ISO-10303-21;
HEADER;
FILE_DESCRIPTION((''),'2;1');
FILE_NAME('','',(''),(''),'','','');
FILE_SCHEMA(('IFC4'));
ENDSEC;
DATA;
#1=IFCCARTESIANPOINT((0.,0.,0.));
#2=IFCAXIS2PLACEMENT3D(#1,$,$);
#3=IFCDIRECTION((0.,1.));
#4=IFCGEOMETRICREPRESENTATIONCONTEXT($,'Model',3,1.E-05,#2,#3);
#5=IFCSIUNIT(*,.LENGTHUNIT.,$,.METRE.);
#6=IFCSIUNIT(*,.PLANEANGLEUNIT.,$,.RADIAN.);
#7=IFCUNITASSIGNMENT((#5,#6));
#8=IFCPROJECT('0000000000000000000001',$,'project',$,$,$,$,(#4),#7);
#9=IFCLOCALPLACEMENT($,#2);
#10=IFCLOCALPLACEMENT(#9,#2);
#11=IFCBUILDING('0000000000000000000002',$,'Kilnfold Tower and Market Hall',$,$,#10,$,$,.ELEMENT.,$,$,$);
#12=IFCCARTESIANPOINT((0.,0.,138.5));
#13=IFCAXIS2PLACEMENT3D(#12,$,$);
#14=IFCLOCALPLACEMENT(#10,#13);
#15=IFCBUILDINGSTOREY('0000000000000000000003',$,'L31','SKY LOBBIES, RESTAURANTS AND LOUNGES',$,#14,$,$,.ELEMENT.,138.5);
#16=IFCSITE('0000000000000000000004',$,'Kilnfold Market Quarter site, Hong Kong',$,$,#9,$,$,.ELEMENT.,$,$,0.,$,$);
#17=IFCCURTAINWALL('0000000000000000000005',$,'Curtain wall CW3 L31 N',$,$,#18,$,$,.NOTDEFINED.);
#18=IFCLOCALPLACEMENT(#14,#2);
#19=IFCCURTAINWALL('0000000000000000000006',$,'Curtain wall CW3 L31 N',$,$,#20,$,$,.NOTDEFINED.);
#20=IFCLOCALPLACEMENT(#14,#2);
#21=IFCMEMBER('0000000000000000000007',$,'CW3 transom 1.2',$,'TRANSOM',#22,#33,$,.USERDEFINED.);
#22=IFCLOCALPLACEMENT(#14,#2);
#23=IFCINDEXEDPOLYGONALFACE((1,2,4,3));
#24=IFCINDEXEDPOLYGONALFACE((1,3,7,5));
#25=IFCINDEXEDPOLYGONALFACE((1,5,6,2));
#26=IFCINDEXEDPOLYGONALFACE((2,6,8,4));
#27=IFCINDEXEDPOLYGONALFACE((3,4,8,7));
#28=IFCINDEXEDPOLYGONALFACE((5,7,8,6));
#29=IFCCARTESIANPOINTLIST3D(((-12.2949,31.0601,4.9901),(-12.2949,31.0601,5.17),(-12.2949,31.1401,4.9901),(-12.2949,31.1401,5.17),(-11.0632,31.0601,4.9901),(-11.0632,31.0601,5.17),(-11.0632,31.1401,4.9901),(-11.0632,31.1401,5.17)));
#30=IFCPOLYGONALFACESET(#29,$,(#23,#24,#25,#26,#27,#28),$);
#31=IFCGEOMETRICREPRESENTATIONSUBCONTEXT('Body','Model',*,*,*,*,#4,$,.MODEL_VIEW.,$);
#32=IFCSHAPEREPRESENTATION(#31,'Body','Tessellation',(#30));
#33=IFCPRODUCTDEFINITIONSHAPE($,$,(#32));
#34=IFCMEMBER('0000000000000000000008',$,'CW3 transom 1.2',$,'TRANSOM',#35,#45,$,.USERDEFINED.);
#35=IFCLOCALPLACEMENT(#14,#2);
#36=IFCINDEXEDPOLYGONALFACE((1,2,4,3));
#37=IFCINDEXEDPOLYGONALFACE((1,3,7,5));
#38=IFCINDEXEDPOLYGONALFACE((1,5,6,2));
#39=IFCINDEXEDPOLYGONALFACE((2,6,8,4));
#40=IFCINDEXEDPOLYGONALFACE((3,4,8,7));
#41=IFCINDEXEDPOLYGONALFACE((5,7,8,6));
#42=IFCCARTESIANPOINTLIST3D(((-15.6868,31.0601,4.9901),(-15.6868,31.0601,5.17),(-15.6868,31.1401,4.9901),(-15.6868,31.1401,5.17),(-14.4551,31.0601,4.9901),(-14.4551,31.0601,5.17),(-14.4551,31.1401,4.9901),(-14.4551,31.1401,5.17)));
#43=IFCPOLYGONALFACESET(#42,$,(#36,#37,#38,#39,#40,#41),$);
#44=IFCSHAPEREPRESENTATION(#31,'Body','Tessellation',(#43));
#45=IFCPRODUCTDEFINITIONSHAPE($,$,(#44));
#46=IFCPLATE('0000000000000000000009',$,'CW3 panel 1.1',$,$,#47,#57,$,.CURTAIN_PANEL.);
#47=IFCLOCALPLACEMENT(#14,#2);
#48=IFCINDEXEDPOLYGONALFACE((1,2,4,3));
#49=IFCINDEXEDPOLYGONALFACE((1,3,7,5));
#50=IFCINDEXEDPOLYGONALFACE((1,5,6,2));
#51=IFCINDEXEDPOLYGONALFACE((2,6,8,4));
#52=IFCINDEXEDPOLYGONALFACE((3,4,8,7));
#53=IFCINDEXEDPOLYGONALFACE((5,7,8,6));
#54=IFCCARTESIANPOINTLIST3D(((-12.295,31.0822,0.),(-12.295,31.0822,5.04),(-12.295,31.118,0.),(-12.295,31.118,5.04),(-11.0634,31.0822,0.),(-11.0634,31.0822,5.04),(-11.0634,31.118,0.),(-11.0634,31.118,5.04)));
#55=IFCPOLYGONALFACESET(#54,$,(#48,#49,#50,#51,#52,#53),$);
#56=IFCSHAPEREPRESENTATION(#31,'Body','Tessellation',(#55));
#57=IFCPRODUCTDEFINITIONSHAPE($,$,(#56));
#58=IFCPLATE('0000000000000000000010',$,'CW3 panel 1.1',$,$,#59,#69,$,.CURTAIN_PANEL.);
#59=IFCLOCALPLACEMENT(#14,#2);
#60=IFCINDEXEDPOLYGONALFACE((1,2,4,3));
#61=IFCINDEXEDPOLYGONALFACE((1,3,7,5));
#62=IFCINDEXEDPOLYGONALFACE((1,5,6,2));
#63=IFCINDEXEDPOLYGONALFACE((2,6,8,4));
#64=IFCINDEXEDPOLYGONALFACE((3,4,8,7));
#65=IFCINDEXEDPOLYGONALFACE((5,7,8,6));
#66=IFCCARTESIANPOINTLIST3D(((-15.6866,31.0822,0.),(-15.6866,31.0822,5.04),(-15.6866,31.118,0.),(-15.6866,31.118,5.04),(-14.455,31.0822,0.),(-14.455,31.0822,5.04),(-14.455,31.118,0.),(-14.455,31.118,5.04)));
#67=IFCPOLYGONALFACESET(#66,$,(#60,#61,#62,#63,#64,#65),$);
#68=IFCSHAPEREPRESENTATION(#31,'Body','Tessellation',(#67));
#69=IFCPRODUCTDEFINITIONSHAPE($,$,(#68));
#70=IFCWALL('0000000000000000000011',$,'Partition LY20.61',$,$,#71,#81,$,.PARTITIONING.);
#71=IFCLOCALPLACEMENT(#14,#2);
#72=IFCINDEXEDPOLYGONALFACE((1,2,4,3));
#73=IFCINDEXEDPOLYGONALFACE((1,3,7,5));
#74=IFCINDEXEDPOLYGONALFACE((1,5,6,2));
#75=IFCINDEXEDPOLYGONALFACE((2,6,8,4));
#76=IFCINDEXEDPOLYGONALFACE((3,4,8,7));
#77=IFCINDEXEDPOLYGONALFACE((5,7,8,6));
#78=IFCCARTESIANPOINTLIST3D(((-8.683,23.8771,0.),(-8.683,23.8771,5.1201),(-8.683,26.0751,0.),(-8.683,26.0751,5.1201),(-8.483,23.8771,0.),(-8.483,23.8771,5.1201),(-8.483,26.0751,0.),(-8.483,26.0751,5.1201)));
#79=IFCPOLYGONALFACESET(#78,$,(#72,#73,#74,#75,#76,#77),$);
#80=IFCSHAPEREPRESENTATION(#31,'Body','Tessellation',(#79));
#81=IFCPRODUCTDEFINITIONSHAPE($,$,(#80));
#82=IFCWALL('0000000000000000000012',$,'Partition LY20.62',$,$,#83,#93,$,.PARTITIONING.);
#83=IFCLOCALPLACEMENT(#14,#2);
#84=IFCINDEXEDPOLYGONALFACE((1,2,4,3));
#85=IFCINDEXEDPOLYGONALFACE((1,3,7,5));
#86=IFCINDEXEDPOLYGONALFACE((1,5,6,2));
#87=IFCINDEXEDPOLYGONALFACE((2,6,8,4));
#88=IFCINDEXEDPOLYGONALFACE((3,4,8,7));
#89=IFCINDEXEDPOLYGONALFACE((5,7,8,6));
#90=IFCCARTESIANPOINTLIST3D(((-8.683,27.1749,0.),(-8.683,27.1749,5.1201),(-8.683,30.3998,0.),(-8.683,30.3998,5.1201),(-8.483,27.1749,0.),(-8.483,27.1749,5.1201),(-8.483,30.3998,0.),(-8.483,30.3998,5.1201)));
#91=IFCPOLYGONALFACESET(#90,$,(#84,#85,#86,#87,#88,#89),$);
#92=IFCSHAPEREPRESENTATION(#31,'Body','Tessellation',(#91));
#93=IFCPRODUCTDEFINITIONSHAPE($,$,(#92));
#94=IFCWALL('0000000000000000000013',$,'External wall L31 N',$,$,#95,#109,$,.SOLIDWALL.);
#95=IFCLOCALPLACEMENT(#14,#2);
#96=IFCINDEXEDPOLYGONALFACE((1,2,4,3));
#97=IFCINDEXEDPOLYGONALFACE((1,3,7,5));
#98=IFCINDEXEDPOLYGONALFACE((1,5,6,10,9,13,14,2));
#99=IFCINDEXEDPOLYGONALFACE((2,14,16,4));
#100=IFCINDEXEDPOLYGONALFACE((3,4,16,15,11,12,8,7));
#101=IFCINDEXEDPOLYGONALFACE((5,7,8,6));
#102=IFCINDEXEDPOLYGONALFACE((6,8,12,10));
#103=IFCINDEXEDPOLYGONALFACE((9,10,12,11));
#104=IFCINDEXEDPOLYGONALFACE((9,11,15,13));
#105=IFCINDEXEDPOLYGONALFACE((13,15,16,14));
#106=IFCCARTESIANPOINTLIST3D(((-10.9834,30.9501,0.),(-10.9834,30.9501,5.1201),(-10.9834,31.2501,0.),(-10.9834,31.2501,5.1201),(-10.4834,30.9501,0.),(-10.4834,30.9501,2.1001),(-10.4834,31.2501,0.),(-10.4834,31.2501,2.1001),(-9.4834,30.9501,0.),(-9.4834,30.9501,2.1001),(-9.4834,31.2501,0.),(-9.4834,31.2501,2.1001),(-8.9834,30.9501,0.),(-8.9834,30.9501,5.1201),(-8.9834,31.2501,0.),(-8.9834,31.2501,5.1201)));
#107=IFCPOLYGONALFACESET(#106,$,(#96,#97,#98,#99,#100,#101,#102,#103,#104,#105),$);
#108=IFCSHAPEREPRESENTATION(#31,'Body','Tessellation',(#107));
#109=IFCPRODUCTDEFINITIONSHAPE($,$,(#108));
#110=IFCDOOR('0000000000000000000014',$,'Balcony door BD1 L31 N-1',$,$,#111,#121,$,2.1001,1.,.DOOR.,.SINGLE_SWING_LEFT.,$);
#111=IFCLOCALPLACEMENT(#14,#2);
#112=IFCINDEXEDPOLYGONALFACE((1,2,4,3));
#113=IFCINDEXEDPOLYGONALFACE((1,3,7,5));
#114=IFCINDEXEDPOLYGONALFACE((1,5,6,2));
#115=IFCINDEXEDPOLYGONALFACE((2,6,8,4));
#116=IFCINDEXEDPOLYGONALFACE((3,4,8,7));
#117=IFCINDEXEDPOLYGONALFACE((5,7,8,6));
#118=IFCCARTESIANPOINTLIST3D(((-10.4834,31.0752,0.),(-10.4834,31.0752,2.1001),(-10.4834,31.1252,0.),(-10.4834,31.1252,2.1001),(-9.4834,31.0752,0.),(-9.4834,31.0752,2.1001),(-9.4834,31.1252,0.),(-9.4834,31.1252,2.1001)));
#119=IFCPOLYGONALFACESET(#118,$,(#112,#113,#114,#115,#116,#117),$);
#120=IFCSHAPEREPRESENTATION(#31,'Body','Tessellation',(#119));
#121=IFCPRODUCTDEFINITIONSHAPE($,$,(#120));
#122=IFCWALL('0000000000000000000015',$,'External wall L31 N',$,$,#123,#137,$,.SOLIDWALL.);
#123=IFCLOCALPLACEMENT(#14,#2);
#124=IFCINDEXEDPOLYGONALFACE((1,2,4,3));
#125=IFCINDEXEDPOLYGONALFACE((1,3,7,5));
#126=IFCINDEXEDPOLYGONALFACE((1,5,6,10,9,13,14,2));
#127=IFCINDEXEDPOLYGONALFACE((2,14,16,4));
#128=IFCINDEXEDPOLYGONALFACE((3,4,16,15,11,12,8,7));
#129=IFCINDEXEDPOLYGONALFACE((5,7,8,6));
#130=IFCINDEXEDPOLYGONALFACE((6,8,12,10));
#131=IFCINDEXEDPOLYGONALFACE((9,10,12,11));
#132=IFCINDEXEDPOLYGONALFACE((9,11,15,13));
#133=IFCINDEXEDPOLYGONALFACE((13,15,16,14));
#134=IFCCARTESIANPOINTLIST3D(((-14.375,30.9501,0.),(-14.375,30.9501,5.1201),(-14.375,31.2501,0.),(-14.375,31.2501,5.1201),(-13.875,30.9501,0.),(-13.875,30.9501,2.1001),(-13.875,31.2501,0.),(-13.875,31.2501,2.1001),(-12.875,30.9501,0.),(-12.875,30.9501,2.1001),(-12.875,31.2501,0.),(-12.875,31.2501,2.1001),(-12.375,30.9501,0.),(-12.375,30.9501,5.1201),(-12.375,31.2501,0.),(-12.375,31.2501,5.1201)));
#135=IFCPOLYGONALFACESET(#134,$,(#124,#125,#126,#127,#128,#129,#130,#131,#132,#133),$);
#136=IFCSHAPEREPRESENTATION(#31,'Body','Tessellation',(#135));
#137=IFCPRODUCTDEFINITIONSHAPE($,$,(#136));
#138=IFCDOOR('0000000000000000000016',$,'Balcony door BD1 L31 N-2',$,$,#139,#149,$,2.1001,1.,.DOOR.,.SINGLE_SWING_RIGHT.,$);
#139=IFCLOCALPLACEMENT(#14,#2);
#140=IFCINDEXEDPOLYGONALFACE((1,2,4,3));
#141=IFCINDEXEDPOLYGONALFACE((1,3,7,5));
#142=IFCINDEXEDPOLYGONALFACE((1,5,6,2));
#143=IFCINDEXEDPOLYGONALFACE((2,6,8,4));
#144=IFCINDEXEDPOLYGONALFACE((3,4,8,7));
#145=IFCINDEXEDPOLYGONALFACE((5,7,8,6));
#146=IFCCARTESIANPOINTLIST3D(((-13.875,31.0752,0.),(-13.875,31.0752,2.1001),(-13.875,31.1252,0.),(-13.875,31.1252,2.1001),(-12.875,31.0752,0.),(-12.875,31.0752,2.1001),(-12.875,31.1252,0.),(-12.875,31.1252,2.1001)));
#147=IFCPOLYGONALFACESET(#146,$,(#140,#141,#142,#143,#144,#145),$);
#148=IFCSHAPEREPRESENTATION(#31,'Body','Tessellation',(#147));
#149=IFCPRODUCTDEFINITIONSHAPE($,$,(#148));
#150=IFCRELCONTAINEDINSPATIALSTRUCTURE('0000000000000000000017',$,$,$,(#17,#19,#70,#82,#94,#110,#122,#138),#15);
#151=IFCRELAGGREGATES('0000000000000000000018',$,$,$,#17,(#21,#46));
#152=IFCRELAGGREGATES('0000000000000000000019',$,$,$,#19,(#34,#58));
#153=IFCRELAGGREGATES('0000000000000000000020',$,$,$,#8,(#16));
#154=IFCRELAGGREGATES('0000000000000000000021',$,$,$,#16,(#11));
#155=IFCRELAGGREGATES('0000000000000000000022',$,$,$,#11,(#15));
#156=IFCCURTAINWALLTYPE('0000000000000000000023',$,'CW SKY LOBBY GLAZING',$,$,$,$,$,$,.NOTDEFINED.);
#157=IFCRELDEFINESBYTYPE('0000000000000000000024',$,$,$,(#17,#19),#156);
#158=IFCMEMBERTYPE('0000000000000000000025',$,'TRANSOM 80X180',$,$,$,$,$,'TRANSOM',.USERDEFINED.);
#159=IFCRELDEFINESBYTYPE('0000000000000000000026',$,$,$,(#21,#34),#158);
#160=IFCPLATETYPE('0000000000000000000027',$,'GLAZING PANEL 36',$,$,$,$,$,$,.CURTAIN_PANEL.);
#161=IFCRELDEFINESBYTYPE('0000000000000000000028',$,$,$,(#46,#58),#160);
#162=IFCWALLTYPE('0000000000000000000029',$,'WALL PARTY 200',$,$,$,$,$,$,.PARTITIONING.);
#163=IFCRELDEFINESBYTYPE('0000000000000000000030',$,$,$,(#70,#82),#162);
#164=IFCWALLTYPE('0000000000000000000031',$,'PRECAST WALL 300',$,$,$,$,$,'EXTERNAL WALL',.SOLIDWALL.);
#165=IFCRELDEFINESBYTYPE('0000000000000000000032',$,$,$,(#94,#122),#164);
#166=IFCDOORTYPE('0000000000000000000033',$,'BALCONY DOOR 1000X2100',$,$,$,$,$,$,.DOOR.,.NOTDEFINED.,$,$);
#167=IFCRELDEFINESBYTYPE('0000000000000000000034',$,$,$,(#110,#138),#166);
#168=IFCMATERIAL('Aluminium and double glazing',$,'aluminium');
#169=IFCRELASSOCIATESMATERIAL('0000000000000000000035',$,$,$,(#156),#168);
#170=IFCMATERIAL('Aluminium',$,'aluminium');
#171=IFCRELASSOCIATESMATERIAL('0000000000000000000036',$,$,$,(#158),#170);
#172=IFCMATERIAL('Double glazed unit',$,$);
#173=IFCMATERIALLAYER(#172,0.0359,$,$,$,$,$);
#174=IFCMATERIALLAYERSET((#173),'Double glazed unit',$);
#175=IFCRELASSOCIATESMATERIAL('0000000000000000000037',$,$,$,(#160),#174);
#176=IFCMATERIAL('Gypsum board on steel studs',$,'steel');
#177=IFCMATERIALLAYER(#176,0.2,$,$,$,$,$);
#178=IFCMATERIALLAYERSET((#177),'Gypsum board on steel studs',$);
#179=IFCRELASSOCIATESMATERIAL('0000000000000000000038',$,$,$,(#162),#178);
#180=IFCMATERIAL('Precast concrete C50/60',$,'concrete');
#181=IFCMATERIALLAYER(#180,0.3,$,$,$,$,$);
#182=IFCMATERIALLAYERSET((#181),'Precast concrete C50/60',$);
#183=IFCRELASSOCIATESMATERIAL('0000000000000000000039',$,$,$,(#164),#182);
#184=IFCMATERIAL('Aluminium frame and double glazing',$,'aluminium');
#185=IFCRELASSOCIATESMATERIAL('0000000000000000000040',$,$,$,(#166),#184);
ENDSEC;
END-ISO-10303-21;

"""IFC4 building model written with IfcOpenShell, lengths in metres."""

from ifc_helpers import new_model, si_unit, direction, frame, frame_2d, origin, origin_2d, place, context, subcontext, project, spatial, rectangle, extrude, source, transform, mapped, material, layer, layer_set, material_profile, profile_set, type_object, element, fill, aggregate, save


model = new_model("IFC4")

# Units and contexts
model_context = context("Model", 3, precision=1e-05, world=origin(), true_north=direction((0.0, 1.0)))
body_context = subcontext(model_context, "Body", "Model", "MODEL_VIEW")
ifc_project = project(units=[si_unit("LENGTHUNIT", "METRE"), si_unit("PLANEANGLEUNIT", "RADIAN")], contexts=[model_context])

# Site, building, storey
site_placement = place(None, origin())
site = spatial("IfcSite", under=ifc_project, at=site_placement, Name="Kilnfold Market Quarter site, Hong Kong", CompositionType="ELEMENT", RefElevation=0.0)
building_placement = place(site_placement, origin())
building = spatial("IfcBuilding", under=site, at=building_placement, Name="Kilnfold Tower and Market Hall", CompositionType="ELEMENT")
storey_placement = place(building_placement, frame((0.0, 0.0, 138.5)))
storey = spatial("IfcBuildingStorey", under=building, at=storey_placement, Name="L31", Description="SKY LOBBIES, RESTAURANTS AND LOUNGES", CompositionType="ELEMENT", Elevation=138.5)

# Shared definitions
ifc_material_1 = material(Name="Aluminium and double glazing", Category="aluminium")
curtain_wall_type = type_object("IfcCurtainWallType", Name="CW SKY LOBBY GLAZING", PredefinedType="NOTDEFINED", material=ifc_material_1)

# Curtain wall
curtain_wall_1_placement = place(storey_placement, origin())
curtain_wall_1 = element("IfcCurtainWall", 1, at=curtain_wall_1_placement, inside=storey, type_object=curtain_wall_type, Name="Curtain wall CW3 L31 N", PredefinedType="NOTDEFINED")

# Curtain wall
curtain_wall_2_placement = place(storey_placement, origin())
curtain_wall_2 = element("IfcCurtainWall", 2, at=curtain_wall_2_placement, inside=storey, type_object=curtain_wall_type, Name="Curtain wall CW3 L31 N", PredefinedType="NOTDEFINED")

# Members
ifc_material_2 = material(Name="Aluminium", Category="aluminium")
ifc_material_profile_1 = material_profile(ifc_material_2, rectangle(XDim=0.0801, YDim=0.1799, at=origin_2d()), Name="TRANSOM 80x180")
ifc_profile_set_1 = profile_set([ifc_material_profile_1], Name="Aluminium")
member_type_1 = type_object("IfcMemberType", Name="TRANSOM 80X180", ElementType="TRANSOM", PredefinedType="USERDEFINED", material=ifc_profile_set_1)
shared_shape_1 = source(origin(), body_context, "Body", "SweptSolid", [
    extrude(rectangle(XDim=0.0801, YDim=0.1799, at=origin_2d()), origin(), (0.0, 0.0, 1.0), 1.2317),
])
member_1_placement = place(storey_placement, frame((-11.0632, 31.1001, 5.0801), z_axis=(-1.0, 0.0, 0.0), x_axis=(0.0, -1.0, 0.0)))
member_1 = element("IfcMember", 3, at=member_1_placement, type_object=member_type_1, Name="CW3 transom 1.2", ObjectType="TRANSOM", PredefinedType="USERDEFINED", context=body_context, shape_type="MappedRepresentation", body=[
    mapped(shared_shape_1, transform((0.0, 0.0, 0.0))),
])
member_2_placement = place(storey_placement, frame((-14.4551, 31.1001, 5.0801), z_axis=(-1.0, 0.0, 0.0), x_axis=(0.0, -1.0, 0.0)))
member_2 = element("IfcMember", 4, at=member_2_placement, type_object=member_type_1, Name="CW3 transom 1.2", ObjectType="TRANSOM", PredefinedType="USERDEFINED", context=body_context, shape_type="MappedRepresentation", body=[
    mapped(shared_shape_1, transform((0.0, 0.0, 0.0))),
])

# Plates
ifc_material_3 = material(Name="Double glazed unit")
ifc_layer_1 = layer(ifc_material_3, 0.0359)
ifc_layer_set_1 = layer_set([ifc_layer_1], Name="Double glazed unit")
plate_type = type_object("IfcPlateType", Name="GLAZING PANEL 36", PredefinedType="CURTAIN_PANEL", material=ifc_layer_set_1)
shared_shape_2 = source(origin(), body_context, "Body", "SweptSolid", [
    extrude(rectangle(XDim=1.2317, YDim=0.0359, at=origin_2d()), origin(), (0.0, 0.0, 1.0), 5.04),
])
plate_1_placement = place(storey_placement, frame((-11.6792, 31.1001, 0.0), z_axis=(0.0, 0.0, 1.0), x_axis=(-1.0, 0.0, 0.0)))
plate_1 = element("IfcPlate", 5, at=plate_1_placement, type_object=plate_type, Name="CW3 panel 1.1", PredefinedType="CURTAIN_PANEL", context=body_context, shape_type="MappedRepresentation", body=[
    mapped(shared_shape_2, transform((0.0, 0.0, 0.0))),
])
aggregate(curtain_wall_1, [member_1, plate_1])
plate_2_placement = place(storey_placement, frame((-15.0708, 31.1001, 0.0), z_axis=(0.0, 0.0, 1.0), x_axis=(-1.0, 0.0, 0.0)))
plate_2 = element("IfcPlate", 6, at=plate_2_placement, type_object=plate_type, Name="CW3 panel 1.1", PredefinedType="CURTAIN_PANEL", context=body_context, shape_type="MappedRepresentation", body=[
    mapped(shared_shape_2, transform((0.0, 0.0, 0.0))),
])
aggregate(curtain_wall_2, [member_2, plate_2])

# Walls
ifc_material_4 = material(Name="Gypsum board on steel studs", Category="steel")
ifc_layer_2 = layer(ifc_material_4, 0.2)
ifc_layer_set_2 = layer_set([ifc_layer_2], Name="Gypsum board on steel studs")
wall_type_1 = type_object("IfcWallType", Name="WALL PARTY 200", PredefinedType="PARTITIONING", material=ifc_layer_set_2)
wall_1_placement = place(storey_placement, frame((-8.583, 23.877, 0.0), z_axis=(0.0, 0.0, 1.0), x_axis=(0.0, 1.0, 0.0)))
element("IfcWall", 7, at=wall_1_placement, inside=storey, type_object=wall_type_1, Name="Partition LY20.61", PredefinedType="PARTITIONING", context=body_context, shape_type="SweptSolid", body=[
    extrude(rectangle(XDim=2.198, YDim=0.2, at=frame_2d((1.0991, 0.0))), origin(), (0.0, 0.0, 1.0), 5.1201),
])
wall_2_placement = place(storey_placement, frame((-8.583, 27.175, 0.0), z_axis=(0.0, 0.0, 1.0), x_axis=(0.0, 1.0, 0.0)))
element("IfcWall", 8, at=wall_2_placement, inside=storey, type_object=wall_type_1, Name="Partition LY20.62", PredefinedType="PARTITIONING", context=body_context, shape_type="SweptSolid", body=[
    extrude(rectangle(XDim=3.2249, YDim=0.2, at=frame_2d((1.6123, 0.0))), origin(), (0.0, 0.0, 1.0), 5.1201),
])

# Walls, openings, doors
ifc_material_5 = material(Name="Precast concrete C50/60", Category="concrete")
ifc_layer_3 = layer(ifc_material_5, 0.3)
ifc_layer_set_3 = layer_set([ifc_layer_3], Name="Precast concrete C50/60")
wall_type_2 = type_object("IfcWallType", Name="PRECAST WALL 300", ElementType="EXTERNAL WALL", PredefinedType="SOLIDWALL", material=ifc_layer_set_3)
shared_shape_3 = source(origin(), body_context, "Body", "SweptSolid", [
    extrude(rectangle(XDim=2.0, YDim=0.3, at=frame_2d((1.0, 0.0))), origin(), (0.0, 0.0, 1.0), 5.1201),
])
wall_3_placement = place(storey_placement, frame((-8.9834, 31.1001, 0.0), z_axis=(0.0, 0.0, 1.0), x_axis=(-1.0, 0.0, 0.0)))
wall_3 = element("IfcWall", 9, at=wall_3_placement, inside=storey, type_object=wall_type_2, Name="External wall L31 N", PredefinedType="SOLIDWALL", context=body_context, shape_type="MappedRepresentation", body=[
    mapped(shared_shape_3, transform((0.0, 0.0, 0.0))),
])
opening_1_placement = place(wall_3_placement, frame((0.5, 0.0, 0.0)))
opening_1 = element("IfcOpeningElement", 10, at=opening_1_placement, cuts=wall_3, PredefinedType="OPENING", context=body_context, shape_type="SweptSolid", body=[
    extrude(rectangle(XDim=1.0, YDim=2.1001, at=frame_2d((0.5, 1.05))), frame((0.0, 0.1602, 0.0), z_axis=(0.0, -1.0, 0.0), x_axis=(1.0, 0.0, 0.0)), (0.0, 0.0, 1.0), 0.3201),
])
ifc_material_6 = material(Name="Aluminium frame and double glazing", Category="aluminium")
door_type = type_object("IfcDoorType", Name="BALCONY DOOR 1000X2100", OperationType="NOTDEFINED", PredefinedType="DOOR", material=ifc_material_6)
door_1_placement = place(opening_1_placement, origin())
door_1 = element("IfcDoor", 11, at=door_1_placement, inside=storey, type_object=door_type, Name="Balcony door BD1 L31 N-1", OperationType="SINGLE_SWING_LEFT", OverallHeight=2.1001, OverallWidth=1.0, PredefinedType="DOOR", context=body_context, shape_type="SweptSolid", body=[
    extrude(rectangle(XDim=1.0, YDim=2.1001, at=frame_2d((0.5, 1.05))), frame((0.0, 0.0249, 0.0), z_axis=(0.0, -1.0, 0.0), x_axis=(1.0, 0.0, 0.0)), (0.0, 0.0, 1.0), 0.05),
])
fill(opening_1, door_1)
wall_4_placement = place(storey_placement, frame((-12.375, 31.1001, 0.0), z_axis=(0.0, 0.0, 1.0), x_axis=(-1.0, 0.0, 0.0)))
wall_4 = element("IfcWall", 12, at=wall_4_placement, inside=storey, type_object=wall_type_2, Name="External wall L31 N", PredefinedType="SOLIDWALL", context=body_context, shape_type="MappedRepresentation", body=[
    mapped(shared_shape_3, transform((0.0, 0.0, 0.0))),
])
opening_2_placement = place(wall_4_placement, frame((0.5, 0.0, 0.0)))
opening_2 = element("IfcOpeningElement", 13, at=opening_2_placement, cuts=wall_4, PredefinedType="OPENING", context=body_context, shape_type="SweptSolid", body=[
    extrude(rectangle(XDim=1.0, YDim=2.1001, at=frame_2d((0.5, 1.05))), frame((0.0, 0.1602, 0.0), z_axis=(0.0, -1.0, 0.0), x_axis=(1.0, 0.0, 0.0)), (0.0, 0.0, 1.0), 0.3201),
])
door_2_placement = place(opening_2_placement, origin())
door_2 = element("IfcDoor", 14, at=door_2_placement, inside=storey, type_object=door_type, Name="Balcony door BD1 L31 N-2", OperationType="SINGLE_SWING_RIGHT", OverallHeight=2.1001, OverallWidth=1.0, PredefinedType="DOOR", context=body_context, shape_type="SweptSolid", body=[
    extrude(rectangle(XDim=1.0, YDim=2.1001, at=frame_2d((0.5, 1.05))), frame((0.0, 0.0249, 0.0), z_axis=(0.0, -1.0, 0.0), x_axis=(1.0, 0.0, 0.0)), (0.0, 0.0, 1.0), 0.05),
])
fill(opening_2, door_2)

save(model, "model.ifc")
